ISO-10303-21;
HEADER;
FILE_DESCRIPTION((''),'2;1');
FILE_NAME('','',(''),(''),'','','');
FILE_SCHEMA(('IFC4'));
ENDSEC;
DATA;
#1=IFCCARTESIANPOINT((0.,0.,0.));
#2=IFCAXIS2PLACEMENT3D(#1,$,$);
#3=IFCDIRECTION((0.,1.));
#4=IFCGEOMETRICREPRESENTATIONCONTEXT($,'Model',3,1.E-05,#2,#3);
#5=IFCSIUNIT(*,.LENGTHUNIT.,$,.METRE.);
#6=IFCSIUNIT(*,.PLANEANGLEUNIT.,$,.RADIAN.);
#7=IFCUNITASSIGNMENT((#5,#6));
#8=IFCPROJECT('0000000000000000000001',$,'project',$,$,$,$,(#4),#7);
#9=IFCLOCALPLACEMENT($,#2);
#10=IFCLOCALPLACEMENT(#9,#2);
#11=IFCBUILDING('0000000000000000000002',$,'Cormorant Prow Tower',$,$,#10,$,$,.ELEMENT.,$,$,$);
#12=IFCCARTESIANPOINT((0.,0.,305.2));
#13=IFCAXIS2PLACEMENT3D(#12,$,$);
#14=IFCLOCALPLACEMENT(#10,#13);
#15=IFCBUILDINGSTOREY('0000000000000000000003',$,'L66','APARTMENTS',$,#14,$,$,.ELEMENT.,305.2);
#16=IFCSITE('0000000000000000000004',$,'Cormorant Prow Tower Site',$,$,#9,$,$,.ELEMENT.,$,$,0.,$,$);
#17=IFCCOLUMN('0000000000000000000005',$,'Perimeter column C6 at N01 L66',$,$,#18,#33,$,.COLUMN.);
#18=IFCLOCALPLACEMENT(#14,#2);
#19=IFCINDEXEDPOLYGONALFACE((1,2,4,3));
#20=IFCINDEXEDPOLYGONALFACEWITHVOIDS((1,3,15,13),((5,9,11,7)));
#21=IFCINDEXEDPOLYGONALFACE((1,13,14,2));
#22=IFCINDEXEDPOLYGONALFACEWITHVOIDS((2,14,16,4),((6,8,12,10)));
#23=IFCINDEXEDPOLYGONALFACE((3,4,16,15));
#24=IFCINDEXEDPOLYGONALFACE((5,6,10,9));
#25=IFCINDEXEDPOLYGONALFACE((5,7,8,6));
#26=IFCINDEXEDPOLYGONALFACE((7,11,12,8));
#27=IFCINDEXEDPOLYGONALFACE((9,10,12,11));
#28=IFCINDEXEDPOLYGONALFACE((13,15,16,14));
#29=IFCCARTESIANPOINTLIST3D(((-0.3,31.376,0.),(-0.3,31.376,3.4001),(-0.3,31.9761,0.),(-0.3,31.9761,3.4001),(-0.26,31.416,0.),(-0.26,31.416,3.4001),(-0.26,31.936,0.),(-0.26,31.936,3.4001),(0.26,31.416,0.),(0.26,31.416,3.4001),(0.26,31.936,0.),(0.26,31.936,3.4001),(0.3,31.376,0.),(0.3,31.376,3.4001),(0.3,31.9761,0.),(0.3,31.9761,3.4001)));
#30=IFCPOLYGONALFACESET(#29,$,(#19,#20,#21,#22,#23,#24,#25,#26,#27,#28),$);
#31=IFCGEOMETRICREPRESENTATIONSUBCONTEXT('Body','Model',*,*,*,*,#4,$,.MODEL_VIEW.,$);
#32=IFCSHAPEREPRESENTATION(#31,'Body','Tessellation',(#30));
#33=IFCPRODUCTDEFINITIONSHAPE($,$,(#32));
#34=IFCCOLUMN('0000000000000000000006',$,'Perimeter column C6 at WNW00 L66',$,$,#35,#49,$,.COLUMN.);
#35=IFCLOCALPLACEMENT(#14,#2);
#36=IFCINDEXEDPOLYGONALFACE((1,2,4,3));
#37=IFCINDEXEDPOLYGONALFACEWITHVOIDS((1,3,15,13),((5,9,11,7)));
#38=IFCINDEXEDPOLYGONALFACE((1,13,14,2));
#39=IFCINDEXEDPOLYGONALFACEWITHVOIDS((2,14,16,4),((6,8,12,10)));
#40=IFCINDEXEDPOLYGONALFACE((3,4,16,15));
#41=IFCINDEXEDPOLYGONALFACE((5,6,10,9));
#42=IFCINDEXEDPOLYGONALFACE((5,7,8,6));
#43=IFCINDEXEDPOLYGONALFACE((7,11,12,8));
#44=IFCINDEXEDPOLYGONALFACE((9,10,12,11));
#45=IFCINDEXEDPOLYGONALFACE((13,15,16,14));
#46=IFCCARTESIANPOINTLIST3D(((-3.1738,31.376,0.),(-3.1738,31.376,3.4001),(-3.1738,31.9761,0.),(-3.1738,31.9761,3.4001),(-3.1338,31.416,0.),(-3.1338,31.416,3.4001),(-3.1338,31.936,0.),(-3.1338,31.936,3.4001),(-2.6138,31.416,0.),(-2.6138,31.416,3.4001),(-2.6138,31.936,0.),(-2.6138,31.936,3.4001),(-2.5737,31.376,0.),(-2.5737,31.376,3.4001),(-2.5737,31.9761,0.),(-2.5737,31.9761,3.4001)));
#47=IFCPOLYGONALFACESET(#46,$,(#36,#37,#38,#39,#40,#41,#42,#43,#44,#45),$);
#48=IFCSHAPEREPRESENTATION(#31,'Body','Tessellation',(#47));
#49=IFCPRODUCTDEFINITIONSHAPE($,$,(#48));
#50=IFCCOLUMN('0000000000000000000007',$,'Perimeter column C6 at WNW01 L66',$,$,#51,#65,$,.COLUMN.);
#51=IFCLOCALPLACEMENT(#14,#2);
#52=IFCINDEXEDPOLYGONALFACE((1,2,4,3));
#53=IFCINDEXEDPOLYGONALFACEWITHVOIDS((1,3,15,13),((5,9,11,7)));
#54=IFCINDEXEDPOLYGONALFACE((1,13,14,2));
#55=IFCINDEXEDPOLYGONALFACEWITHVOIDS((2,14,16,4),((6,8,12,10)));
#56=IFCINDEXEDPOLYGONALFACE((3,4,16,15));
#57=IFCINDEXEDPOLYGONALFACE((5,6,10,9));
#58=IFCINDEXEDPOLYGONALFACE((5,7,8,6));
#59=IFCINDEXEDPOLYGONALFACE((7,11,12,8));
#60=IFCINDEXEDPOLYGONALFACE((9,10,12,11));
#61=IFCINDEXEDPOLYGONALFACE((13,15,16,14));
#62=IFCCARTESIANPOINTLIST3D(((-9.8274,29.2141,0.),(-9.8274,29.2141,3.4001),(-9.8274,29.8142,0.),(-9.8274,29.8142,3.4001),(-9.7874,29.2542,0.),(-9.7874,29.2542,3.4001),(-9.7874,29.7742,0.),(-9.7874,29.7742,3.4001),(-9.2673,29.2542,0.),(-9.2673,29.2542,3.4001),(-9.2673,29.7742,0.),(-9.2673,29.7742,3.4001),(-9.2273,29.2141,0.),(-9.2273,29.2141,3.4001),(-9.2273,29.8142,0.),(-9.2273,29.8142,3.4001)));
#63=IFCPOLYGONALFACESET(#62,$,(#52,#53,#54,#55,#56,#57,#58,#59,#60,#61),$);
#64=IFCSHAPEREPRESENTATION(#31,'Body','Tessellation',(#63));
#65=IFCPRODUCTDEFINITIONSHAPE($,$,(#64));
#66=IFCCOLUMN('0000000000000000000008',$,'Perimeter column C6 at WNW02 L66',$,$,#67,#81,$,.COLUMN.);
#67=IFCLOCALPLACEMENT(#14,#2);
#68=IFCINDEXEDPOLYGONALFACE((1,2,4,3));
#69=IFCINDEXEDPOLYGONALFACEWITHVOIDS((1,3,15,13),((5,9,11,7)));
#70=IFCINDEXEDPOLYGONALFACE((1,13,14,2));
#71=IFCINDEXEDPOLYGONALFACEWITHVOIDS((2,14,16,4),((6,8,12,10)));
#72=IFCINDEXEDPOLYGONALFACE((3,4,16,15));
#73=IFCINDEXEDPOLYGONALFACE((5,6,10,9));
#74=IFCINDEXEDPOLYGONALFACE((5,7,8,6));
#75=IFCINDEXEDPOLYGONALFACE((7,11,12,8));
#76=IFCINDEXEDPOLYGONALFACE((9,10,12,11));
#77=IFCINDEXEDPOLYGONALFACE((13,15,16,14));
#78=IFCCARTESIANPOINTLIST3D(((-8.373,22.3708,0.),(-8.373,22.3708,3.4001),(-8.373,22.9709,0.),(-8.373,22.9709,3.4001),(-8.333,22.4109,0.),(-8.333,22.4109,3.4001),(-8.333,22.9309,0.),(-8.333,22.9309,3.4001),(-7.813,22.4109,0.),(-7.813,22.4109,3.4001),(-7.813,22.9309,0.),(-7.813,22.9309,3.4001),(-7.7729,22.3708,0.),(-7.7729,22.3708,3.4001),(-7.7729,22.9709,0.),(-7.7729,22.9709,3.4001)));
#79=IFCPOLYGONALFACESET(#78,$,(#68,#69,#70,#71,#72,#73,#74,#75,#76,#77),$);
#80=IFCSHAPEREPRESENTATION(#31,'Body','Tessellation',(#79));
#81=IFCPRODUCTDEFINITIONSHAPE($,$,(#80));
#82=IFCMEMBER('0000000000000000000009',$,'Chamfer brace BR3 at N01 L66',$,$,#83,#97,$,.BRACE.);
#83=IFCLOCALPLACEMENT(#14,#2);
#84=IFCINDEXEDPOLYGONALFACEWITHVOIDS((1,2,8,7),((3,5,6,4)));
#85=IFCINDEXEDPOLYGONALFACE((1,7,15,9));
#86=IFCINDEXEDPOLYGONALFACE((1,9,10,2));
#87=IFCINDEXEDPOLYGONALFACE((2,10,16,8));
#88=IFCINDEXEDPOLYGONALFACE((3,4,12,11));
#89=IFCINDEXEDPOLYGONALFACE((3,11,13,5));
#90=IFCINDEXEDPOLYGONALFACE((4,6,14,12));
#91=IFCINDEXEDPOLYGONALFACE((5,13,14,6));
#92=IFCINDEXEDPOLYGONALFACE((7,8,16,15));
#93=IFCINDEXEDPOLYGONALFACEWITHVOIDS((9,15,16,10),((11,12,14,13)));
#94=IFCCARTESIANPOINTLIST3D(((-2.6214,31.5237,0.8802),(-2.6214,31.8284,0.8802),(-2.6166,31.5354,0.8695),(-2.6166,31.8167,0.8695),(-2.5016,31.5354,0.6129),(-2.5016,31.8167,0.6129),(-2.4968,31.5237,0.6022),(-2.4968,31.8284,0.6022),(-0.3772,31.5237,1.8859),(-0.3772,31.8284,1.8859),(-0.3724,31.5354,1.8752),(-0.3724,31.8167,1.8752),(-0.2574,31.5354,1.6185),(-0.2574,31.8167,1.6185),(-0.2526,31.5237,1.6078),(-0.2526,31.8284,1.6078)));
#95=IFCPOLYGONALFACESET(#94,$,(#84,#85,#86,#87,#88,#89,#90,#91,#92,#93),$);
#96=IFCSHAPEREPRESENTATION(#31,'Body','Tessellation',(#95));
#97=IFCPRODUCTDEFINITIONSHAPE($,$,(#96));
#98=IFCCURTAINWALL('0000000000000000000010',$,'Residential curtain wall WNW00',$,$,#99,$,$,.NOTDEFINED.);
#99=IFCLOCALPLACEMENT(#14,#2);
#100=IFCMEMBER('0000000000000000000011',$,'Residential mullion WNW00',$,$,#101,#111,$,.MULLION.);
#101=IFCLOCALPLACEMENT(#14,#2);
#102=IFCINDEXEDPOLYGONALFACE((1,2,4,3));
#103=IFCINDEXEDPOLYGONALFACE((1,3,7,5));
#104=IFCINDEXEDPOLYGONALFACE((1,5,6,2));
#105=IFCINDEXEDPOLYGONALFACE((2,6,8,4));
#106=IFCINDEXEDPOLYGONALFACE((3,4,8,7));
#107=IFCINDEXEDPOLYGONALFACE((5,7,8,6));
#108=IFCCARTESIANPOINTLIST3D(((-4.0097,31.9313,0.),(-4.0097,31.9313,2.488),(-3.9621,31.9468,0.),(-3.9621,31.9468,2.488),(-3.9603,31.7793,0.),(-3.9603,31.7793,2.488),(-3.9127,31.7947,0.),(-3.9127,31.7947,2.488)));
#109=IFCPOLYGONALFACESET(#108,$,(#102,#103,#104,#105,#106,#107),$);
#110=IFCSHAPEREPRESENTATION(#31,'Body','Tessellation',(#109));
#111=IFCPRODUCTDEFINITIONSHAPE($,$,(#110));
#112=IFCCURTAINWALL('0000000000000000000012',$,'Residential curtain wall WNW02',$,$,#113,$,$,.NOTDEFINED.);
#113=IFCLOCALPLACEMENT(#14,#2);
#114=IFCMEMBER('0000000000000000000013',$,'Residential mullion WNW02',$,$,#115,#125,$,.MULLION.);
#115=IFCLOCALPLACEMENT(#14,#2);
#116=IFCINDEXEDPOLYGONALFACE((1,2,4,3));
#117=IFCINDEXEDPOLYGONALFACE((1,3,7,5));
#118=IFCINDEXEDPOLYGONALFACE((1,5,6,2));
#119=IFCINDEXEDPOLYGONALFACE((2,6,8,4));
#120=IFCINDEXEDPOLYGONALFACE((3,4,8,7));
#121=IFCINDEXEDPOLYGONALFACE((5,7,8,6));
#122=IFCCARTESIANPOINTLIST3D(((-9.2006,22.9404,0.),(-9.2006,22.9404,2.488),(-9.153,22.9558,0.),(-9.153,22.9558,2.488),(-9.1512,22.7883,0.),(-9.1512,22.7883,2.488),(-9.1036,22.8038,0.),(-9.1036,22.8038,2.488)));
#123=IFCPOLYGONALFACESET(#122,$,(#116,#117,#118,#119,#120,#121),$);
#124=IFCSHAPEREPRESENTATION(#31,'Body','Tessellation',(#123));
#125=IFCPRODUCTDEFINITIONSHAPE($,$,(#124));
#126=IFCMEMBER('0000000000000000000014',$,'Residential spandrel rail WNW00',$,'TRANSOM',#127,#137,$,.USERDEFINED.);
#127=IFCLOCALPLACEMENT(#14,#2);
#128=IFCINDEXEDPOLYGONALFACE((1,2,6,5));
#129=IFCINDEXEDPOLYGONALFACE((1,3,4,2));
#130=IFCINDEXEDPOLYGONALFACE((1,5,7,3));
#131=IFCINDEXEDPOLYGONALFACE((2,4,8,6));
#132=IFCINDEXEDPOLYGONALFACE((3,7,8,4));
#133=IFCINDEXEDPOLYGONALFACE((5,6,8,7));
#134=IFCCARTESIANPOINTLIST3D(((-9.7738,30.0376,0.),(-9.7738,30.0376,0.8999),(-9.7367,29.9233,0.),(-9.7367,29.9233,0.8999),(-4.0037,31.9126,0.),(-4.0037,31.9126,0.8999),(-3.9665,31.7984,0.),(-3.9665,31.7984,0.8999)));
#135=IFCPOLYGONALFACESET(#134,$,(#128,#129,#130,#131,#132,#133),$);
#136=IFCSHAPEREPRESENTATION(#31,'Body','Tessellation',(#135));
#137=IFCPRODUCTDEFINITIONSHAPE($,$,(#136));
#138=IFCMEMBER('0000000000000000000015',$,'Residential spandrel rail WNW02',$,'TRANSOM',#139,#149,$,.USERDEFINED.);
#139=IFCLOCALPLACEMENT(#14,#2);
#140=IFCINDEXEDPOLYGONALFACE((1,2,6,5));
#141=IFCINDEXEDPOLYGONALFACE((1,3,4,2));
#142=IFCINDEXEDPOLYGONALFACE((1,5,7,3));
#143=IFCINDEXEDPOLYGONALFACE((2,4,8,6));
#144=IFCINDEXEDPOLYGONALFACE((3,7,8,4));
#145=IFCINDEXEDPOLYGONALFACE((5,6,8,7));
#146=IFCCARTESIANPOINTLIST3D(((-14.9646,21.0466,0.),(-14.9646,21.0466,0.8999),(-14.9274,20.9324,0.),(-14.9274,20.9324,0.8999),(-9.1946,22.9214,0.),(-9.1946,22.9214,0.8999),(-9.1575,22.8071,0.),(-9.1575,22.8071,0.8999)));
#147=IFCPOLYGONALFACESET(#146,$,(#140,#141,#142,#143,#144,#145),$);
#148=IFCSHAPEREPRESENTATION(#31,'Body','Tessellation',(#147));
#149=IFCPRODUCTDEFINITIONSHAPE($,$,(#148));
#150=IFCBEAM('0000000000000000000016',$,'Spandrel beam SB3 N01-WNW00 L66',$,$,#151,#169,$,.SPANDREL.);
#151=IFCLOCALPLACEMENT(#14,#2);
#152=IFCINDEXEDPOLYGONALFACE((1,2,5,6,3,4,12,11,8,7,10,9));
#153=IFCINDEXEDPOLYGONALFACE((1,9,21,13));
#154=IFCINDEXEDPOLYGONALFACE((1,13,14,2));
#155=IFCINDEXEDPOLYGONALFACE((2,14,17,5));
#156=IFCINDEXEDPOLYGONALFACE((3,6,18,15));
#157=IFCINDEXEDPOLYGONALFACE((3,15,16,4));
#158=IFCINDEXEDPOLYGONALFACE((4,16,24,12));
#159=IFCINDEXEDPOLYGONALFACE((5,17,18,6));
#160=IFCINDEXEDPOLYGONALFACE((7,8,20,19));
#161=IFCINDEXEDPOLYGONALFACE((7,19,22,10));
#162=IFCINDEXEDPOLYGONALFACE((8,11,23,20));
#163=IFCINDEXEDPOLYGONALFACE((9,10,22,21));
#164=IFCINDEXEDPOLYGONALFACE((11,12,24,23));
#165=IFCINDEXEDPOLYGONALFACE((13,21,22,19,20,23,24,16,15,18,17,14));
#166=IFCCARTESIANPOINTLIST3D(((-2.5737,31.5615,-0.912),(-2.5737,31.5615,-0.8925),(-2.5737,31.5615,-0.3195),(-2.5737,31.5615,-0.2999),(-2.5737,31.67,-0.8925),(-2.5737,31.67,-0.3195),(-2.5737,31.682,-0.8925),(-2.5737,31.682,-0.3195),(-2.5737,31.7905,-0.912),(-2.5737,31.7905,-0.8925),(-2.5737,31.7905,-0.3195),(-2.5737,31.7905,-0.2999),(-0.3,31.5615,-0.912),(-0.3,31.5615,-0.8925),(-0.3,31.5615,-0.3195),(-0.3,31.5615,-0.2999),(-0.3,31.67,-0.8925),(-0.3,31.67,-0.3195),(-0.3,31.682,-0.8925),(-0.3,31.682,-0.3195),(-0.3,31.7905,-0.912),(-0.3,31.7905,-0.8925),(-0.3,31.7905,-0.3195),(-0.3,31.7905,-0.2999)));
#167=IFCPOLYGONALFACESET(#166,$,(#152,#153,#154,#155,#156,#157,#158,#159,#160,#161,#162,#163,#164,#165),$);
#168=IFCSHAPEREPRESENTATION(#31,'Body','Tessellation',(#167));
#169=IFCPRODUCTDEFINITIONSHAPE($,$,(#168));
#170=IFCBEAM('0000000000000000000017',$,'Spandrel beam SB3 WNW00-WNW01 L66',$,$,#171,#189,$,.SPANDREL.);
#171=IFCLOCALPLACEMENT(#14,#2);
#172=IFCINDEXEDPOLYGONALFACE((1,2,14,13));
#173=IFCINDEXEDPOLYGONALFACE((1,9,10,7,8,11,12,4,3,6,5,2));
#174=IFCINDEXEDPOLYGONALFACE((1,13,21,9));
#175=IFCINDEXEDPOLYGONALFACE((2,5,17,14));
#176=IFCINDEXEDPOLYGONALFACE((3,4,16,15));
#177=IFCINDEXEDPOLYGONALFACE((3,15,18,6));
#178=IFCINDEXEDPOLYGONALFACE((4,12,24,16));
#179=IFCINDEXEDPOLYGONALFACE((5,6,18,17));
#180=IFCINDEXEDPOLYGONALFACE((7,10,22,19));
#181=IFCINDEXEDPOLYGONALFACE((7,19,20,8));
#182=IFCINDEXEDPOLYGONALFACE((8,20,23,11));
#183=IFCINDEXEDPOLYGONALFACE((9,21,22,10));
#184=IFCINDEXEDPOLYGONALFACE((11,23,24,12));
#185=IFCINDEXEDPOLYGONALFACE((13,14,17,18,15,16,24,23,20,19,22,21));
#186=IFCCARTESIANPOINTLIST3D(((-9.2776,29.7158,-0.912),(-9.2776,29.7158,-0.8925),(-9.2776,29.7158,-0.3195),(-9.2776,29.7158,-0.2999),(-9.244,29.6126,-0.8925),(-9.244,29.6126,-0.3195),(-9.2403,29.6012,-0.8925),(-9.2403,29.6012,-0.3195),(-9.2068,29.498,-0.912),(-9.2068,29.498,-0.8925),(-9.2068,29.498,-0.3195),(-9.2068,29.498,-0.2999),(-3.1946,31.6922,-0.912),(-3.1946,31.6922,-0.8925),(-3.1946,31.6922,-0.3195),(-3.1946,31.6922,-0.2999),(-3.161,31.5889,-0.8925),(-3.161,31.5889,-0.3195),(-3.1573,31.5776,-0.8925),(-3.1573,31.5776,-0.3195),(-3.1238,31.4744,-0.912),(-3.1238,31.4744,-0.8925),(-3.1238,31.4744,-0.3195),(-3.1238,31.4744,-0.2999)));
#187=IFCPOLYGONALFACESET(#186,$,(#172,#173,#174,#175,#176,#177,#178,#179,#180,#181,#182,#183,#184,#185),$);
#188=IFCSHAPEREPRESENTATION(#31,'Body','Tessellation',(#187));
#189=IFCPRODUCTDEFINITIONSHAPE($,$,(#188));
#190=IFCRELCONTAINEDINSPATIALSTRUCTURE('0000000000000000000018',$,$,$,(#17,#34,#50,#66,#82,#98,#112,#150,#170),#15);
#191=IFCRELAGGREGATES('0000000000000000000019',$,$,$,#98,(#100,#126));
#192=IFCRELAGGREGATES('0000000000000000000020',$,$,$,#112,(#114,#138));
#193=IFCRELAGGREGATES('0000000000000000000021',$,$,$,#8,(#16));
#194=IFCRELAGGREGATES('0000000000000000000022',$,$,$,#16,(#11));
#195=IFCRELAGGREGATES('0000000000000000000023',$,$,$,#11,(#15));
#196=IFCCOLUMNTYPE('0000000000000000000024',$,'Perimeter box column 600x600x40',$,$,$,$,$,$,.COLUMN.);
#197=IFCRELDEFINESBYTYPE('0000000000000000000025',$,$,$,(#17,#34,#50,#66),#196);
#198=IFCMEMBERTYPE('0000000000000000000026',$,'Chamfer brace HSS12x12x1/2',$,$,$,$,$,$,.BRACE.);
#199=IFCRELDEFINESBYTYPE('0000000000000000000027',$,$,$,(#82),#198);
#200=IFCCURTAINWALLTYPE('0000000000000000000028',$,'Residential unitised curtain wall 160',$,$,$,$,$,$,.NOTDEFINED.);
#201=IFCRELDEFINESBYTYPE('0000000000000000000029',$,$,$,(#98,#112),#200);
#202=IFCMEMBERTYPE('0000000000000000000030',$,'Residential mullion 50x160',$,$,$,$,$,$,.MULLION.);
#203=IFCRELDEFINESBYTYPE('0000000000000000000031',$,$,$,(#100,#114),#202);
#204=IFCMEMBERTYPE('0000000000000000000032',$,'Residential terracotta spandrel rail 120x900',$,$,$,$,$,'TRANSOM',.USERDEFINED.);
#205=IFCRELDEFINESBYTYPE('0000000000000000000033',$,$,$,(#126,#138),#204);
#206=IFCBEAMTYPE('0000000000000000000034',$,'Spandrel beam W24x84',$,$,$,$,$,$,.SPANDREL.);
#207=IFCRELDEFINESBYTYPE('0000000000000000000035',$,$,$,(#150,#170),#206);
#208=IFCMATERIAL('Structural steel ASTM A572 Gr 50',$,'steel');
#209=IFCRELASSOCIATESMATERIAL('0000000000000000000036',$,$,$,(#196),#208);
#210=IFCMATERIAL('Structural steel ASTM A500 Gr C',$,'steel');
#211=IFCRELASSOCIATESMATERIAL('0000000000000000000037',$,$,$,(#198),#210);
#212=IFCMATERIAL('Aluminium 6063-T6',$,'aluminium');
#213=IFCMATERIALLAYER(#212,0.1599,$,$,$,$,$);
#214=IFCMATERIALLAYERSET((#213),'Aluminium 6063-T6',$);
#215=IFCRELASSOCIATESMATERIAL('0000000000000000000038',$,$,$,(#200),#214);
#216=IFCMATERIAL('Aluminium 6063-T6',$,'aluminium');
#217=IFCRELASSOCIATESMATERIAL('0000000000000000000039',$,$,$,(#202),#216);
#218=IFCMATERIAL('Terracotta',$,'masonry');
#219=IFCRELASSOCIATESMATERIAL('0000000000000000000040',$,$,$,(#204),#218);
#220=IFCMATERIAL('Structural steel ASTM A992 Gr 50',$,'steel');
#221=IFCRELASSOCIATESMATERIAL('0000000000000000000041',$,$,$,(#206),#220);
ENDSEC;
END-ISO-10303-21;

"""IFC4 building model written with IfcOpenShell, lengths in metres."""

from ifc_helpers import new_model, si_unit, direction, frame, origin, origin_2d, place, context, subcontext, project, spatial, rectangle, hollow_rectangle, i_section, extrude, material, layer, layer_set, material_profile, profile_set, type_object, element, aggregate, save


model = new_model("IFC4")

# Units and contexts
model_context = context("Model", 3, precision=1e-05, world=origin(), true_north=direction((0.0, 1.0)))
body_context = subcontext(model_context, "Body", "Model", "MODEL_VIEW")
ifc_project = project(units=[si_unit("LENGTHUNIT", "METRE"), si_unit("PLANEANGLEUNIT", "RADIAN")], contexts=[model_context])

# Site, building, storey
site_placement = place(None, origin())
site = spatial("IfcSite", under=ifc_project, at=site_placement, Name="Cormorant Prow Tower Site", CompositionType="ELEMENT", RefElevation=0.0)
building_placement = place(site_placement, origin())
building = spatial("IfcBuilding", under=site, at=building_placement, Name="Cormorant Prow Tower", CompositionType="ELEMENT")
storey_placement = place(building_placement, frame((0.0, 0.0, 305.2)))
storey = spatial("IfcBuildingStorey", under=building, at=storey_placement, Name="L66", Description="APARTMENTS", CompositionType="ELEMENT", Elevation=305.2)

# Columns
ifc_material_1 = material(Name="Structural steel ASTM A572 Gr 50", Category="steel")
ifc_material_profile_1 = material_profile(ifc_material_1, hollow_rectangle(XDim=0.6001, YDim=0.6001, WallThickness=0.04, at=origin_2d()), Name="Box 600x600x40")
ifc_profile_set_1 = profile_set([ifc_material_profile_1], Name="Structural steel ASTM A572 Gr 50")
column_type = type_object("IfcColumnType", Name="Perimeter box column 600x600x40", PredefinedType="COLUMN", material=ifc_profile_set_1)
for number, where, z_axis, x_axis, name in (
    (1, (0.0, 31.676, 0.0), (0.0, 0.0, 1.0), (1.0, 0.0, 0.0), "Perimeter column C6 at N01 L66"),
    (2, (-2.8738, 31.676, 0.0), (0.0, 0.0, 1.0), (1.0, 0.0, 0.0), "Perimeter column C6 at WNW00 L66"),
    (3, (-9.5273, 29.5142, 0.0), (0.0, 0.0, 1.0), (1.0, 0.0, 0.0), "Perimeter column C6 at WNW01 L66"),
    (4, (-8.073, 22.6709, 0.0), (0.0, 0.0, 1.0), (1.0, 0.0, 0.0), "Perimeter column C6 at WNW02 L66"),
):
    element("IfcColumn", number, at=place(storey_placement, frame(where, z_axis=z_axis, x_axis=x_axis)), inside=storey, type_object=column_type, Name=name, PredefinedType="COLUMN", context=body_context, shape_type="SweptSolid", body=[
        extrude(hollow_rectangle(XDim=0.6001, YDim=0.6001, WallThickness=0.04, at=origin_2d()), origin(), (0.0, 0.0, 1.0), 3.4001),
    ])

# Member
ifc_material_2 = material(Name="Structural steel ASTM A500 Gr C", Category="steel")
ifc_material_profile_2 = material_profile(ifc_material_2, hollow_rectangle(XDim=0.3047, YDim=0.3047, WallThickness=0.0117, at=origin_2d()), Name="HSS12x12x1/2")
ifc_profile_set_2 = profile_set([ifc_material_profile_2], Name="Structural steel ASTM A500 Gr C")
member_type_1 = type_object("IfcMemberType", Name="Chamfer brace HSS12x12x1/2", PredefinedType="BRACE", material=ifc_profile_set_2)
member_1_placement = place(storey_placement, frame((-2.5591, 31.676, 0.7412), z_axis=(0.912567, 0.0, 0.408928), x_axis=(0.0, 1.0, 0.0)))
element("IfcMember", 5, at=member_1_placement, inside=storey, type_object=member_type_1, Name="Chamfer brace BR3 at N01 L66", PredefinedType="BRACE", context=body_context, shape_type="SweptSolid", body=[
    extrude(hollow_rectangle(XDim=0.3047, YDim=0.3047, WallThickness=0.0117, at=origin_2d()), origin(), (0.0, 0.0, 1.0), 2.4592),
])

# Curtain walls, members
ifc_material_3 = material(Name="Aluminium 6063-T6", Category="aluminium")
ifc_layer_1 = layer(ifc_material_3, 0.1599)
ifc_layer_set_1 = layer_set([ifc_layer_1], Name="Aluminium 6063-T6")
curtain_wall_type = type_object("IfcCurtainWallType", Name="Residential unitised curtain wall 160", PredefinedType="NOTDEFINED", material=ifc_layer_set_1)
curtain_wall_1_placement = place(storey_placement, origin())
curtain_wall_1 = element("IfcCurtainWall", 6, at=curtain_wall_1_placement, inside=storey, type_object=curtain_wall_type, Name="Residential curtain wall WNW00", PredefinedType="NOTDEFINED")
ifc_material_4 = material(Name="Aluminium 6063-T6", Category="aluminium")
ifc_material_profile_3 = material_profile(ifc_material_4, rectangle(XDim=0.1599, YDim=0.05, at=origin_2d()), Name="Residential mullion 50x160")
ifc_profile_set_3 = profile_set([ifc_material_profile_3], Name="Aluminium 6063-T6")
member_type_2 = type_object("IfcMemberType", Name="Residential mullion 50x160", PredefinedType="MULLION", material=ifc_profile_set_3)
member_2_placement = place(storey_placement, frame((-3.9612, 31.863, 0.0), z_axis=(0.0, 0.0, 1.0), x_axis=(0.309017, -0.951057, 0.0)))
member_2 = element("IfcMember", 7, at=member_2_placement, type_object=member_type_2, Name="Residential mullion WNW00", PredefinedType="MULLION", context=body_context, shape_type="SweptSolid", body=[
    extrude(rectangle(XDim=0.1599, YDim=0.05, at=origin_2d()), origin(), (0.0, 0.0, 1.0), 2.488),
])
curtain_wall_2_placement = place(storey_placement, origin())
curtain_wall_2 = element("IfcCurtainWall", 8, at=curtain_wall_2_placement, inside=storey, type_object=curtain_wall_type, Name="Residential curtain wall WNW02", PredefinedType="NOTDEFINED")
member_3_placement = place(storey_placement, frame((-9.1521, 22.8721, 0.0), z_axis=(0.0, 0.0, 1.0), x_axis=(0.309017, -0.951057, 0.0)))
member_3 = element("IfcMember", 9, at=member_3_placement, type_object=member_type_2, Name="Residential mullion WNW02", PredefinedType="MULLION", context=body_context, shape_type="SweptSolid", body=[
    extrude(rectangle(XDim=0.1599, YDim=0.05, at=origin_2d()), origin(), (0.0, 0.0, 1.0), 2.488),
])

# Members
ifc_material_5 = material(Name="Terracotta", Category="masonry")
ifc_material_profile_4 = material_profile(ifc_material_5, rectangle(XDim=0.1201, YDim=0.8999, at=origin_2d()), Name="Residential terracotta spandrel rail 120x900")
ifc_profile_set_4 = profile_set([ifc_material_profile_4], Name="Terracotta")
member_type_3 = type_object("IfcMemberType", Name="Residential terracotta spandrel rail 120x900", ElementType="TRANSOM", PredefinedType="USERDEFINED", material=ifc_profile_set_4)
member_4_placement = place(storey_placement, frame((-3.9851, 31.8555, 0.45), z_axis=(-0.951046, -0.309048, 0.0), x_axis=(0.309048, -0.951046, 0.0)))
member_4 = element("IfcMember", 10, at=member_4_placement, type_object=member_type_3, Name="Residential spandrel rail WNW00", ObjectType="TRANSOM", PredefinedType="USERDEFINED", context=body_context, shape_type="SweptSolid", body=[
    extrude(rectangle(XDim=0.1201, YDim=0.8999, at=origin_2d()), origin(), (0.0, 0.0, 1.0), 6.0671),
])
member_5_placement = place(storey_placement, frame((-9.176, 22.8643, 0.45), z_axis=(-0.951058, -0.309011, 0.0), x_axis=(0.309011, -0.951058, 0.0)))
member_5 = element("IfcMember", 11, at=member_5_placement, type_object=member_type_3, Name="Residential spandrel rail WNW02", ObjectType="TRANSOM", PredefinedType="USERDEFINED", context=body_context, shape_type="SweptSolid", body=[
    extrude(rectangle(XDim=0.1201, YDim=0.8999, at=origin_2d()), origin(), (0.0, 0.0, 1.0), 6.0669),
])

# Beams
ifc_material_6 = material(Name="Structural steel ASTM A992 Gr 50", Category="steel")
ifc_material_profile_5 = material_profile(ifc_material_6, i_section(OverallWidth=0.229, OverallDepth=0.6121, WebThickness=0.012, FlangeThickness=0.0195, at=origin_2d()), Name="W24x84")
ifc_profile_set_5 = profile_set([ifc_material_profile_5], Name="Structural steel ASTM A992 Gr 50")
beam_type = type_object("IfcBeamType", Name="Spandrel beam W24x84", PredefinedType="SPANDREL", material=ifc_profile_set_5)
beam_1_placement = place(storey_placement, frame((-0.3, 31.676, -0.606), z_axis=(-1.0, 0.0, 0.0), x_axis=(0.0, -1.0, 0.0)))
element("IfcBeam", 12, at=beam_1_placement, inside=storey, type_object=beam_type, Name="Spandrel beam SB3 N01-WNW00 L66", PredefinedType="SPANDREL", context=body_context, shape_type="SweptSolid", body=[
    extrude(i_section(OverallWidth=0.229, OverallDepth=0.6121, WebThickness=0.012, FlangeThickness=0.0195, at=origin_2d()), origin(), (0.0, 0.0, 1.0), 2.2737),
])
beam_2_placement = place(storey_placement, frame((-3.1592, 31.5833, -0.606), z_axis=(-0.951064, -0.308993, 0.0), x_axis=(0.308993, -0.951064, 0.0)))
element("IfcBeam", 13, at=beam_2_placement, inside=storey, type_object=beam_type, Name="Spandrel beam SB3 WNW00-WNW01 L66", PredefinedType="SPANDREL", context=body_context, shape_type="SweptSolid", body=[
    extrude(i_section(OverallWidth=0.229, OverallDepth=0.6121, WebThickness=0.012, FlangeThickness=0.0195, at=origin_2d()), origin(), (0.0, 0.0, 1.0), 6.396),
])

aggregate(curtain_wall_1, [member_2, member_4])
aggregate(curtain_wall_2, [member_3, member_5])

save(model, "model.ifc")
